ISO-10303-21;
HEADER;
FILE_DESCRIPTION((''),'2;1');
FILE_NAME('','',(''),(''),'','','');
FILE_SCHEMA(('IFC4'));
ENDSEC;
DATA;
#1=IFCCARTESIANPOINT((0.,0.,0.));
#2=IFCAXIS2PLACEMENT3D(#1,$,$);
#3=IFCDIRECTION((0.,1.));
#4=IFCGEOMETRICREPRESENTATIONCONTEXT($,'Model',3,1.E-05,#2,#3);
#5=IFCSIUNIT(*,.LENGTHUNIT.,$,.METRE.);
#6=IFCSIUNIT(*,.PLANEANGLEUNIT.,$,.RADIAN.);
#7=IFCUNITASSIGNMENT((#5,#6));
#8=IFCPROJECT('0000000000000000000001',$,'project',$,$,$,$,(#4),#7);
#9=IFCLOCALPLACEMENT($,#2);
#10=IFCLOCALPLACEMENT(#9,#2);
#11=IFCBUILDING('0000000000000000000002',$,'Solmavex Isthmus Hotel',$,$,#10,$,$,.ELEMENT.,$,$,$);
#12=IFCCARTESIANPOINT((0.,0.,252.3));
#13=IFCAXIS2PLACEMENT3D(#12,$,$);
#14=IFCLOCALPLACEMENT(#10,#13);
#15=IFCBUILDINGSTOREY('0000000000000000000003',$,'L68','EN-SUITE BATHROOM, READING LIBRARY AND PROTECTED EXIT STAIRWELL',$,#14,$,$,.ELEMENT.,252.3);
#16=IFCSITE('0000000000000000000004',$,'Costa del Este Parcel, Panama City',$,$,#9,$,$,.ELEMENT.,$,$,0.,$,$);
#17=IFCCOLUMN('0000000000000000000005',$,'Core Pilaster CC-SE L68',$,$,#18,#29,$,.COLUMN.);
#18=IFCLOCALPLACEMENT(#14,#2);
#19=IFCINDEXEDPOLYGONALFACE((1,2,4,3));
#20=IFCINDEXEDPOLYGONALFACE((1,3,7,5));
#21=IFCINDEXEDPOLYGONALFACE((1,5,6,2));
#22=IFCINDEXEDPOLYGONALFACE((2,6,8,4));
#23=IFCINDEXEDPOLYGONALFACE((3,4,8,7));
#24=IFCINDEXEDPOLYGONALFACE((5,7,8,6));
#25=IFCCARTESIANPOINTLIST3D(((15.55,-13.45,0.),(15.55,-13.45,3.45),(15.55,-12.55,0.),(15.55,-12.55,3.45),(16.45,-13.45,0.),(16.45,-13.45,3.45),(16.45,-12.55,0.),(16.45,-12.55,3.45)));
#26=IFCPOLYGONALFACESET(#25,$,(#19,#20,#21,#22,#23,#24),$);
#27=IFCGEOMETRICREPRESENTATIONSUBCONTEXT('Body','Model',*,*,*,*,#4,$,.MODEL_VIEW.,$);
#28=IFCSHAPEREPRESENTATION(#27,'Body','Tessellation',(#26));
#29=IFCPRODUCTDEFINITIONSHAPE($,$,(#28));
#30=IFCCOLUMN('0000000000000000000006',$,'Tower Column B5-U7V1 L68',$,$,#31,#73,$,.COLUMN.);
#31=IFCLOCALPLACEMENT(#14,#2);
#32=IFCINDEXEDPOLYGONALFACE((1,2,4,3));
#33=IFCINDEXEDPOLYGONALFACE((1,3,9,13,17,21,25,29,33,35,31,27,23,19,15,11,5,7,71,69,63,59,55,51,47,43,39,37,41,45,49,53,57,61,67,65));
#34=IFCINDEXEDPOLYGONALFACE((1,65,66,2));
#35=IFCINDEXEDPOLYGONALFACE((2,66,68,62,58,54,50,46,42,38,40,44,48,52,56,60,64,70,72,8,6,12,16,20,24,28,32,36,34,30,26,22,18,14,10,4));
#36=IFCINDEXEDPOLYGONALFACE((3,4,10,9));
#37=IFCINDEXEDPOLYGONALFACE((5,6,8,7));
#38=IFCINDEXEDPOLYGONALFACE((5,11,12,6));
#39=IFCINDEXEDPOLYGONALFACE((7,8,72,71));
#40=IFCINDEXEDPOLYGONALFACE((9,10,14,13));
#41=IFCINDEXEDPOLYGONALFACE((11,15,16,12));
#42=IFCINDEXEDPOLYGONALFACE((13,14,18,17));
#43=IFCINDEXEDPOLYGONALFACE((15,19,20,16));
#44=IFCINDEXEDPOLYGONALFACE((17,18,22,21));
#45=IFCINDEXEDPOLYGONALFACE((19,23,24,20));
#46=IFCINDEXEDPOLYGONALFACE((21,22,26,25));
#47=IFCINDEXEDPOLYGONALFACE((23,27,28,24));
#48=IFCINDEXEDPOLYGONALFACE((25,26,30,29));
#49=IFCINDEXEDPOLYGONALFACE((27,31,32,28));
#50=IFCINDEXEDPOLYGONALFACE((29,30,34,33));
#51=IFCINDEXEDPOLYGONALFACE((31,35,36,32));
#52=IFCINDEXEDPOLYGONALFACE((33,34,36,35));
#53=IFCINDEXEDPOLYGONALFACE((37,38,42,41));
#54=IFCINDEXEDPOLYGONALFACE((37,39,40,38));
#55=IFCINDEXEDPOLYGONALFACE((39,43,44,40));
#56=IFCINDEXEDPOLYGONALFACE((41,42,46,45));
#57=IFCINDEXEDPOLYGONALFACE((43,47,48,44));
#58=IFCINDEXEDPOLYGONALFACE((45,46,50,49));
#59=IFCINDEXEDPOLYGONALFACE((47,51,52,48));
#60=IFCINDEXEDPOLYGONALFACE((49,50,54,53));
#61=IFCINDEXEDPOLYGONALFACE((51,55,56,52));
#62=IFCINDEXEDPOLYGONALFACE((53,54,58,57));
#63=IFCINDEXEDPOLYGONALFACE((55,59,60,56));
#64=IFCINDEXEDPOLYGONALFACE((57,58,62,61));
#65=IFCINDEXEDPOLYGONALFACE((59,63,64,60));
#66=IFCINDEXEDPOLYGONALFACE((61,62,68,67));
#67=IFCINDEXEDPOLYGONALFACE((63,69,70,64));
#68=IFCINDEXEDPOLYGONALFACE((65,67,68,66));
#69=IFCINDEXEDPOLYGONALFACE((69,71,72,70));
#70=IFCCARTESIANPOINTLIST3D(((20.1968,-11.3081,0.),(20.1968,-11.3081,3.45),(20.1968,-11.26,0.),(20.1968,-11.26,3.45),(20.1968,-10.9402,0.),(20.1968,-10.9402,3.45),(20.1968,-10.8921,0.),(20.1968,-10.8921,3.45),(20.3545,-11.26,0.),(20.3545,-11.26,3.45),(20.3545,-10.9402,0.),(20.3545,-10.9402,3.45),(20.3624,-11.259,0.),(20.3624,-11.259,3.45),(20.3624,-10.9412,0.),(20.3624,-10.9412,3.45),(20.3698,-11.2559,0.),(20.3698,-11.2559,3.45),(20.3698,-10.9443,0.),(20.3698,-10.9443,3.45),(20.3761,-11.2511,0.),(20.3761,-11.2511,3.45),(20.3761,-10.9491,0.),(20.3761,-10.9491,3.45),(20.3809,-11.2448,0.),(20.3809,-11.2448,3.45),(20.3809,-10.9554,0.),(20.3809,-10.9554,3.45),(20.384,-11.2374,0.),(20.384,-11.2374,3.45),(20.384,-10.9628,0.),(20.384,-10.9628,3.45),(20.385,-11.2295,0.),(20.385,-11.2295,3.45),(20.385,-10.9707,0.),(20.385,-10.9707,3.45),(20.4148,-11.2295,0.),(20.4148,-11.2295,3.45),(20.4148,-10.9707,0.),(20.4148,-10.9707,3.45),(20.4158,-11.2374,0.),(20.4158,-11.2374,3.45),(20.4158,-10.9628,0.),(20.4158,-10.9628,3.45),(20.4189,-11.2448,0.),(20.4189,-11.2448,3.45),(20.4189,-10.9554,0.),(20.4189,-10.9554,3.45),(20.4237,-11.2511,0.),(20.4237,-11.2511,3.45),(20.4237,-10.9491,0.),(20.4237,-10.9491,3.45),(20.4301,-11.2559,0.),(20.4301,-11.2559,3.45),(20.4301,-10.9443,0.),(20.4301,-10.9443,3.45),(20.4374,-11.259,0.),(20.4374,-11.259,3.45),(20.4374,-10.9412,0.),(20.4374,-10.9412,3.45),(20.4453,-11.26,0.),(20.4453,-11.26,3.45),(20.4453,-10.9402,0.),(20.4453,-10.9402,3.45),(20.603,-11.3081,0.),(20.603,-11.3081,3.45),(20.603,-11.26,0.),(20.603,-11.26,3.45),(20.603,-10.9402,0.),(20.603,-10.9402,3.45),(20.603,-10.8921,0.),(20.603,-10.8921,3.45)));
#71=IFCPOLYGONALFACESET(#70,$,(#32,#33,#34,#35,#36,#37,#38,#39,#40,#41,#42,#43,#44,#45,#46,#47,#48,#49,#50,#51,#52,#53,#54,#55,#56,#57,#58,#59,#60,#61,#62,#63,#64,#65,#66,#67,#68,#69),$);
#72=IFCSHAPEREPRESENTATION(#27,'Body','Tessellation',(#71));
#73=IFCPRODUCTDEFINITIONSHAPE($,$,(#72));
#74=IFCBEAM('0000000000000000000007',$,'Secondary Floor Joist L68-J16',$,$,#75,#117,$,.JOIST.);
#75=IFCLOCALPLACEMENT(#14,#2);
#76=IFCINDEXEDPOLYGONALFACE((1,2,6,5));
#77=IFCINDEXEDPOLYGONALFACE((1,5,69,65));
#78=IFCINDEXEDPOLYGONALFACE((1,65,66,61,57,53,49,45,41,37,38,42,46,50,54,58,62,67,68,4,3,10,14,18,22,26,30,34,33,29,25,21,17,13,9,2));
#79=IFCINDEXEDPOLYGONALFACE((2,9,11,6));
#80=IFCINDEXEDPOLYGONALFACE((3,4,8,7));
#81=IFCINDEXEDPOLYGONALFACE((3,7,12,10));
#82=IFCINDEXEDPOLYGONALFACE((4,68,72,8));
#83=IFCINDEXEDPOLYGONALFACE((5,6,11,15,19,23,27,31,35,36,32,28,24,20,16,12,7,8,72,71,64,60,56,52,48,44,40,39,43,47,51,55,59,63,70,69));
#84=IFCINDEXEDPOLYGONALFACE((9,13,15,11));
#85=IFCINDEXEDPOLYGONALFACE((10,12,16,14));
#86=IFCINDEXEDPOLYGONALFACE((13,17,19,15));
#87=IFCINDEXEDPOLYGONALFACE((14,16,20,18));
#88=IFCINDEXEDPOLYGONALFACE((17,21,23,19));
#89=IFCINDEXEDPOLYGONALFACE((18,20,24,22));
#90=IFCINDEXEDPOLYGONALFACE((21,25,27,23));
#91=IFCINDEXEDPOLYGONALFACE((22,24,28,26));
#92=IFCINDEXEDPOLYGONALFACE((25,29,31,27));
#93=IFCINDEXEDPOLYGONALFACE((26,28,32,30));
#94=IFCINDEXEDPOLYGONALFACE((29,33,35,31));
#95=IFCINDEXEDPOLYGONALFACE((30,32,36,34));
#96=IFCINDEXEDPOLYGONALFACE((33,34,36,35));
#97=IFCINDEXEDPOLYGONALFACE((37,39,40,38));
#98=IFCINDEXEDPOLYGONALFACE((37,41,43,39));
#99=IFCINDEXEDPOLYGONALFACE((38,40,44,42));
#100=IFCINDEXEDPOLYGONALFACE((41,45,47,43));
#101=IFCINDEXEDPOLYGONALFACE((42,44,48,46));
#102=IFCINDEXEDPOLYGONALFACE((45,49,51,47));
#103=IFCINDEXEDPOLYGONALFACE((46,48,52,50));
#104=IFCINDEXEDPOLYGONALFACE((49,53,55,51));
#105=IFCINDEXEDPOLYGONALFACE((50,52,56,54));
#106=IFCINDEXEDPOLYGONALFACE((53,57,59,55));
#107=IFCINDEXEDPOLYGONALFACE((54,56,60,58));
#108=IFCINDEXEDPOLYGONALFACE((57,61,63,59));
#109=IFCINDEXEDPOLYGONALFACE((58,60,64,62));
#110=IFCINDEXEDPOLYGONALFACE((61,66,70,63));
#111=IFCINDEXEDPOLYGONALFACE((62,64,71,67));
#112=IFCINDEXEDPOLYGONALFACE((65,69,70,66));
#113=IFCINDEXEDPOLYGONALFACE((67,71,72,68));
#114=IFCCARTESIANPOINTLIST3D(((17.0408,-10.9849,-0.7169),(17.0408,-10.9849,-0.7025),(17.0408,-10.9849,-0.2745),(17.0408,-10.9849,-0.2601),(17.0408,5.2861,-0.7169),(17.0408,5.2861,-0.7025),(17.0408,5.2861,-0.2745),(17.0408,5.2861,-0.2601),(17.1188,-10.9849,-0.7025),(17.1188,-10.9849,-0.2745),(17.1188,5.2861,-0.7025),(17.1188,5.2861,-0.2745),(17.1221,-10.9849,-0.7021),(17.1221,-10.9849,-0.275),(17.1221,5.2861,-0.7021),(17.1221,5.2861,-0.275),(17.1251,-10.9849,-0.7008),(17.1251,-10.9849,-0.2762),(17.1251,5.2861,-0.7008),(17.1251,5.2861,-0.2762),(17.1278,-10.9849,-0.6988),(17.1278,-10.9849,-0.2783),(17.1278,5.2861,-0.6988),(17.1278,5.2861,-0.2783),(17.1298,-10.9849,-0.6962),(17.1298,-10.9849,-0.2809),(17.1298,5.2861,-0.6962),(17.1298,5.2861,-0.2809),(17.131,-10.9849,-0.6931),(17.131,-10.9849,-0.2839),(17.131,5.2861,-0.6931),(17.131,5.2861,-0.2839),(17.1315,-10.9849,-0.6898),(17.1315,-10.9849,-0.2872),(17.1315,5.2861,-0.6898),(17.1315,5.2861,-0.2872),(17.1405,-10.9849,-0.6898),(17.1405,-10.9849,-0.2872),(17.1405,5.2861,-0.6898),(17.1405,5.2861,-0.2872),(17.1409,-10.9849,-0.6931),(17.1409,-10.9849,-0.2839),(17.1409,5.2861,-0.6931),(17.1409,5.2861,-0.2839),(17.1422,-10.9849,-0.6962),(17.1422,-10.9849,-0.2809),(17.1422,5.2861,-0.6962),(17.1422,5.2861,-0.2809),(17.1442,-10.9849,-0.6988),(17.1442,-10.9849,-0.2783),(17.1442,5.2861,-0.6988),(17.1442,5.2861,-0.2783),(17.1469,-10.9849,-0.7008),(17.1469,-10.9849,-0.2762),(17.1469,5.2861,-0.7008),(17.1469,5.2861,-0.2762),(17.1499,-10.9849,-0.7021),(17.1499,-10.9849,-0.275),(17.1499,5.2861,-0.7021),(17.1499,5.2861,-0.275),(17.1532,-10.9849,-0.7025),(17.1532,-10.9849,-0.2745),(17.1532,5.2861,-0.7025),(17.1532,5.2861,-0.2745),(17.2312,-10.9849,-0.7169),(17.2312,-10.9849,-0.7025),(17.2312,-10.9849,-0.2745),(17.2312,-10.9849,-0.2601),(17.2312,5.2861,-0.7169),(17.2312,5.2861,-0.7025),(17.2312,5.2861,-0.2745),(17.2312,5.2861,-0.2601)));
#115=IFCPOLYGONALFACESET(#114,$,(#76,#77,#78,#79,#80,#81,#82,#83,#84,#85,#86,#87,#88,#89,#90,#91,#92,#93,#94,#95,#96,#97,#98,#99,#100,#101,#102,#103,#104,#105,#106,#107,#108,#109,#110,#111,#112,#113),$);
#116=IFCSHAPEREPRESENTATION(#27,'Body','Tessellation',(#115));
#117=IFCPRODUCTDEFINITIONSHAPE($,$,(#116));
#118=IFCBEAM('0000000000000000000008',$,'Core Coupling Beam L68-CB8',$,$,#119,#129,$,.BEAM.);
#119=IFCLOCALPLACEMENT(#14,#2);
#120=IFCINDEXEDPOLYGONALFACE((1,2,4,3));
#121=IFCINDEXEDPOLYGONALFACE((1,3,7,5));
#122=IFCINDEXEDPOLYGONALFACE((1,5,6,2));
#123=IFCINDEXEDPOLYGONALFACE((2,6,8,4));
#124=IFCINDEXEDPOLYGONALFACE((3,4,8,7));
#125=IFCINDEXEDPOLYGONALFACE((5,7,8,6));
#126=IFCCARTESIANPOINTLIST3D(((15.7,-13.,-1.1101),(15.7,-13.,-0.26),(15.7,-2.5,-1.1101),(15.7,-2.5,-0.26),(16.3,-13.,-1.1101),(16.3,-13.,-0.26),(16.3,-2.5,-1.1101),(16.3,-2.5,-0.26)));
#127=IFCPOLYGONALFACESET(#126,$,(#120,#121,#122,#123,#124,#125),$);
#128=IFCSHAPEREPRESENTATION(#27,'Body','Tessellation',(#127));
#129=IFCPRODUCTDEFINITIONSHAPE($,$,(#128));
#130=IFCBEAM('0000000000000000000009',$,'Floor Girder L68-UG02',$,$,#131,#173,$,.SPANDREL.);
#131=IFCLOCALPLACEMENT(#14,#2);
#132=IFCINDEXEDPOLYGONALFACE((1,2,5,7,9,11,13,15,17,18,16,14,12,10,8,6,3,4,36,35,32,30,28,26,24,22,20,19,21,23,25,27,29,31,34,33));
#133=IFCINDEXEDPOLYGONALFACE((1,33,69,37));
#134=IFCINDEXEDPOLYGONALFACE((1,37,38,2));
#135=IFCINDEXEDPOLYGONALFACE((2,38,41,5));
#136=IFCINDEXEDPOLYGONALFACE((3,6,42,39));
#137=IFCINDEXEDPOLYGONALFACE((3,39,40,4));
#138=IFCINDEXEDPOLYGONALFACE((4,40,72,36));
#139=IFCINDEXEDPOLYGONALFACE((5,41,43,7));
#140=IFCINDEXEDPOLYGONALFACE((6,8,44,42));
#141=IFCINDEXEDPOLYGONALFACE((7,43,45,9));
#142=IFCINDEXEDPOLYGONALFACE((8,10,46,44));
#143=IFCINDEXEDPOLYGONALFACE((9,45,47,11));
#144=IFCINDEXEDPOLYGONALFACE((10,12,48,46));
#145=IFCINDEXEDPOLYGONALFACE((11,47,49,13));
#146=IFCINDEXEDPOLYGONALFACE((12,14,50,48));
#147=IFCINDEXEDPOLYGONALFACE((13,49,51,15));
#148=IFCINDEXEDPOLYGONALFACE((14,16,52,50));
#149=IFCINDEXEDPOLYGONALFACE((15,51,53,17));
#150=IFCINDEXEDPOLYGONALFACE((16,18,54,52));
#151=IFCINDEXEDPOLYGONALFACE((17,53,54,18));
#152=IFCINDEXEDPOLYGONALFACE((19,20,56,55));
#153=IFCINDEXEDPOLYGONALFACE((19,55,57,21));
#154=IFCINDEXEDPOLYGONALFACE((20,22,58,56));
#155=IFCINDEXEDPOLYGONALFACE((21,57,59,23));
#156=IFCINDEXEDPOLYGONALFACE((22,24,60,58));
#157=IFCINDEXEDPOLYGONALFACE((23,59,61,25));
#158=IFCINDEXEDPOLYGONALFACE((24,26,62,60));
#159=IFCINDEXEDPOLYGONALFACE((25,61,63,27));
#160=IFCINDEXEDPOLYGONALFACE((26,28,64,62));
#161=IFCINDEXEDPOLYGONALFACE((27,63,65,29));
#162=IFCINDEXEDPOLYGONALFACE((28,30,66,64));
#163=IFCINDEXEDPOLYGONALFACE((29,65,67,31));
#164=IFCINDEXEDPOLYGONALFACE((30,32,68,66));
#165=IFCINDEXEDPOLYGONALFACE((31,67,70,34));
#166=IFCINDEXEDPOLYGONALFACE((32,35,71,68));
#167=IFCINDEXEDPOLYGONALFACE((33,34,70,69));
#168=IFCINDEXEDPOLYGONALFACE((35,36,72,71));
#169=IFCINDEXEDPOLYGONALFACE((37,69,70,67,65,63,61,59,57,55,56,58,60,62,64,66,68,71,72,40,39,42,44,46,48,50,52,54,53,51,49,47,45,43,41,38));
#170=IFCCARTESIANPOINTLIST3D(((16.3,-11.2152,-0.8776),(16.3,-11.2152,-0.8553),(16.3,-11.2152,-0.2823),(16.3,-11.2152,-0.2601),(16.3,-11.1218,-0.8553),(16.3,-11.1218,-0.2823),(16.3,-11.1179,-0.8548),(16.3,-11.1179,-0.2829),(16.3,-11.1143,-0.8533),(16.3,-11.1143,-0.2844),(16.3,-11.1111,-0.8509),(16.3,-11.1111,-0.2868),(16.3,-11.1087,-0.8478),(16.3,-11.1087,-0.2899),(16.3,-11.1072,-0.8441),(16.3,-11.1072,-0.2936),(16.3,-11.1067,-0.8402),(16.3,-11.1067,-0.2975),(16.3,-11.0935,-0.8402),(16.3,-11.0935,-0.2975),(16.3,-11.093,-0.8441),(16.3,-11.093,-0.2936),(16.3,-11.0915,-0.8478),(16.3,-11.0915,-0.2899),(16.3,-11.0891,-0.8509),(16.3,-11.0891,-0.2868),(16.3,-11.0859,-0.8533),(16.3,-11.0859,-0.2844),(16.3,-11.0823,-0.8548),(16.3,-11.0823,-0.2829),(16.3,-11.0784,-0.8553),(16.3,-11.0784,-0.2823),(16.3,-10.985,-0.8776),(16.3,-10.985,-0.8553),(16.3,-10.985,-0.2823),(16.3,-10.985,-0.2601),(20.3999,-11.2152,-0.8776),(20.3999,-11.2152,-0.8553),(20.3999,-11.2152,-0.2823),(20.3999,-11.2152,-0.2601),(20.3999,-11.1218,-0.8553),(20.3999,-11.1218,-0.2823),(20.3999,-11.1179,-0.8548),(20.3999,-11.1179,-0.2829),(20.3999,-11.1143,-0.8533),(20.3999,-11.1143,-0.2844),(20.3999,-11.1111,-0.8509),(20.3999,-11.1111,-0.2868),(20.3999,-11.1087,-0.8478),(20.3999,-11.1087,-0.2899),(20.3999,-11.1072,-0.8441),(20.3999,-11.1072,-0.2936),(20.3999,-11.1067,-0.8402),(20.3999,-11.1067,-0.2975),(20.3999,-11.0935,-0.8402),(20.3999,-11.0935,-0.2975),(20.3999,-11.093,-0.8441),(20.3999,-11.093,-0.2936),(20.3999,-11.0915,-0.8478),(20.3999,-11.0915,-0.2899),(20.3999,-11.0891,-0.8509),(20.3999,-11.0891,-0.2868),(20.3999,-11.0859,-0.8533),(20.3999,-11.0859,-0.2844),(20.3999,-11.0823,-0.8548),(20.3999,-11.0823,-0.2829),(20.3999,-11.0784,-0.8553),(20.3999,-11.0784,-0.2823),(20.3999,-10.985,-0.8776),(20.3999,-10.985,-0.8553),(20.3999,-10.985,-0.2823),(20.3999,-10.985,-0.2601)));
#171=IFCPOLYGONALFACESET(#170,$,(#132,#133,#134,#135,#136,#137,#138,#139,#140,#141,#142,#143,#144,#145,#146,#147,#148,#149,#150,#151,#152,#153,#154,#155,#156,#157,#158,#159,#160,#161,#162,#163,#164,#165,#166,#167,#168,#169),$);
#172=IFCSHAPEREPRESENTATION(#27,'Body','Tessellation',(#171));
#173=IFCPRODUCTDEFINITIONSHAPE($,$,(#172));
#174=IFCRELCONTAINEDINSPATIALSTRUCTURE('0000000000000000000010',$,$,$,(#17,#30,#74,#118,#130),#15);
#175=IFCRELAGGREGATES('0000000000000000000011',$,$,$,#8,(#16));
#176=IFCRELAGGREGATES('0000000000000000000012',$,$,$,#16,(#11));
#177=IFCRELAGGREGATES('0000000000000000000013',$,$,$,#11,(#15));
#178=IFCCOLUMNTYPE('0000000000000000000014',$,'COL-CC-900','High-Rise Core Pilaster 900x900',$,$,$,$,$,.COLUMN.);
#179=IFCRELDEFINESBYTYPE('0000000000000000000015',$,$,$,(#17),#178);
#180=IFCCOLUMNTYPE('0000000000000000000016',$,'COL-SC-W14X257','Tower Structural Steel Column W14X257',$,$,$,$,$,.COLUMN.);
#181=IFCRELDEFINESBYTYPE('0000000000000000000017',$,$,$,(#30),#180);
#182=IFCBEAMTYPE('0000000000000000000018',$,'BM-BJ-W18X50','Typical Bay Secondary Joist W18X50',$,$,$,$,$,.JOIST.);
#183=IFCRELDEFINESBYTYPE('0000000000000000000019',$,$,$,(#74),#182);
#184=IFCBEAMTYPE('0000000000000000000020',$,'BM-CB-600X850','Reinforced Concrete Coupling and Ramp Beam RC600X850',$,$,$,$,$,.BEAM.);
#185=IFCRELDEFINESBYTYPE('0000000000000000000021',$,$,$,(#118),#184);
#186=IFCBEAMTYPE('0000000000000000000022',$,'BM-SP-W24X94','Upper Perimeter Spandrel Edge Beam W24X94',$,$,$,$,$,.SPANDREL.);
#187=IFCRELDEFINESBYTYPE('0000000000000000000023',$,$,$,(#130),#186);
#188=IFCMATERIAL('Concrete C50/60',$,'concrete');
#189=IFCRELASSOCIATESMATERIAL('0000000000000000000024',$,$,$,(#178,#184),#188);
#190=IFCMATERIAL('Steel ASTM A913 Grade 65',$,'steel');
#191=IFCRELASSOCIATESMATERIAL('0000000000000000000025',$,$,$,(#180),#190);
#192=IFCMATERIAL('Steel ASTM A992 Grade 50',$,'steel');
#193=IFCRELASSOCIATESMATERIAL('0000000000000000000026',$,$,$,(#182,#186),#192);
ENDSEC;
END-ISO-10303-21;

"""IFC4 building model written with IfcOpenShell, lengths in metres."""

from ifc_helpers import new_model, si_unit, direction, frame, origin, origin_2d, place, context, subcontext, project, spatial, rectangle, i_section, extrude, material, material_profile, profile_set, type_object, element, save


model = new_model("IFC4")

# Units and contexts
model_context = context("Model", 3, precision=1e-05, world=origin(), true_north=direction((0.0, 1.0)))
body_context = subcontext(model_context, "Body", "Model", "MODEL_VIEW")
ifc_project = project(units=[si_unit("LENGTHUNIT", "METRE"), si_unit("PLANEANGLEUNIT", "RADIAN")], contexts=[model_context])

# Site, building, storey
site_placement = place(None, origin())
site = spatial("IfcSite", under=ifc_project, at=site_placement, Name="Costa del Este Parcel, Panama City", CompositionType="ELEMENT", RefElevation=0.0)
building_placement = place(site_placement, origin())
building = spatial("IfcBuilding", under=site, at=building_placement, Name="Solmavex Isthmus Hotel", CompositionType="ELEMENT")
storey_placement = place(building_placement, frame((0.0, 0.0, 252.3)))
storey = spatial("IfcBuildingStorey", under=building, at=storey_placement, Name="L68", Description="EN-SUITE BATHROOM, READING LIBRARY AND PROTECTED EXIT STAIRWELL", CompositionType="ELEMENT", Elevation=252.3)

# Columns
ifc_material_1 = material(Name="Concrete C50/60", Category="concrete")
ifc_material_profile_1 = material_profile(ifc_material_1, rectangle(XDim=0.8999, YDim=0.8999, at=origin_2d()), Name="RC900X900")
ifc_profile_set_1 = profile_set([ifc_material_profile_1], Name="Concrete C50/60")
column_type_1 = type_object("IfcColumnType", Name="COL-CC-900", Description="High-Rise Core Pilaster 900x900", PredefinedType="COLUMN", material=ifc_profile_set_1)
column_1_placement = place(storey_placement, frame((16.0, -13.0, 0.0), z_axis=(0.0, 0.0, 1.0), x_axis=(1.0, 0.0, 0.0)))
element("IfcColumn", 1, at=column_1_placement, inside=storey, type_object=column_type_1, Name="Core Pilaster CC-SE L68", PredefinedType="COLUMN", context=body_context, shape_type="SweptSolid", body=[
    extrude(rectangle(XDim=0.8999, YDim=0.8999, at=origin_2d()), origin(), (0.0, 0.0, 1.0), 3.45),
])
ifc_material_2 = material(Name="Steel ASTM A913 Grade 65", Category="steel")
ifc_material_profile_2 = material_profile(ifc_material_2, i_section(OverallWidth=0.4062, OverallDepth=0.416, WebThickness=0.0298, FlangeThickness=0.0481, FilletRadius=0.0305, at=origin_2d()), Name="W14X257")
ifc_profile_set_2 = profile_set([ifc_material_profile_2], Name="Steel ASTM A913 Grade 65")
column_type_2 = type_object("IfcColumnType", Name="COL-SC-W14X257", Description="Tower Structural Steel Column W14X257", PredefinedType="COLUMN", material=ifc_profile_set_2)
column_2_placement = place(storey_placement, frame((20.3999, -11.1001, 0.0), z_axis=(0.0, 0.0, 1.0), x_axis=(1.0, 0.0, 0.0)))
element("IfcColumn", 2, at=column_2_placement, inside=storey, type_object=column_type_2, Name="Tower Column B5-U7V1 L68", PredefinedType="COLUMN", context=body_context, shape_type="SweptSolid", body=[
    extrude(i_section(OverallWidth=0.4062, OverallDepth=0.416, WebThickness=0.0298, FlangeThickness=0.0481, FilletRadius=0.0305, at=origin_2d()), origin(), (0.0, 0.0, 1.0), 3.45),
])

# Beams
ifc_material_3 = material(Name="Steel ASTM A992 Grade 50", Category="steel")
ifc_material_profile_3 = material_profile(ifc_material_3, i_section(OverallWidth=0.1904, OverallDepth=0.4568, WebThickness=0.009, FlangeThickness=0.0144, FilletRadius=0.0127, at=origin_2d()), Name="W18X50")
ifc_profile_set_3 = profile_set([ifc_material_profile_3], Name="Steel ASTM A992 Grade 50")
beam_type_1 = type_object("IfcBeamType", Name="BM-BJ-W18X50", Description="Typical Bay Secondary Joist W18X50", PredefinedType="JOIST", material=ifc_profile_set_3)
beam_1_placement = place(storey_placement, frame((17.136, -10.9849, -0.4885), z_axis=(0.0, 1.0, 0.0), x_axis=(-1.0, 0.0, 0.0)))
element("IfcBeam", 3, at=beam_1_placement, inside=storey, type_object=beam_type_1, Name="Secondary Floor Joist L68-J16", PredefinedType="JOIST", context=body_context, shape_type="SweptSolid", body=[
    extrude(i_section(OverallWidth=0.1904, OverallDepth=0.4568, WebThickness=0.009, FlangeThickness=0.0144, FilletRadius=0.0127, at=origin_2d()), origin(), (0.0, 0.0, 1.0), 16.271),
])
ifc_material_profile_4 = material_profile(ifc_material_1, rectangle(XDim=0.6001, YDim=0.8501, at=origin_2d()), Name="RC600X850")
ifc_profile_set_4 = profile_set([ifc_material_profile_4], Name="Concrete C50/60")
beam_type_2 = type_object("IfcBeamType", Name="BM-CB-600X850", Description="Reinforced Concrete Coupling and Ramp Beam RC600X850", PredefinedType="BEAM", material=ifc_profile_set_4)
beam_2_placement = place(storey_placement, frame((16.0, -13.0, -0.6851), z_axis=(0.0, 1.0, 0.0), x_axis=(-1.0, 0.0, 0.0)))
element("IfcBeam", 4, at=beam_2_placement, inside=storey, type_object=beam_type_2, Name="Core Coupling Beam L68-CB8", PredefinedType="BEAM", context=body_context, shape_type="SweptSolid", body=[
    extrude(rectangle(XDim=0.6001, YDim=0.8501, at=origin_2d()), origin(), (0.0, 0.0, 1.0), 10.5),
])
ifc_material_profile_5 = material_profile(ifc_material_3, i_section(OverallWidth=0.2302, OverallDepth=0.6174, WebThickness=0.0132, FlangeThickness=0.0222, FilletRadius=0.0151, at=origin_2d()), Name="W24X94")
ifc_profile_set_5 = profile_set([ifc_material_profile_5], Name="Steel ASTM A992 Grade 50")
beam_type_3 = type_object("IfcBeamType", Name="BM-SP-W24X94", Description="Upper Perimeter Spandrel Edge Beam W24X94", PredefinedType="SPANDREL", material=ifc_profile_set_5)
beam_3_placement = place(storey_placement, frame((16.3, -11.1001, -0.5688), z_axis=(1.0, 0.0, 0.0), x_axis=(0.0, 1.0, 0.0)))
element("IfcBeam", 5, at=beam_3_placement, inside=storey, type_object=beam_type_3, Name="Floor Girder L68-UG02", PredefinedType="SPANDREL", context=body_context, shape_type="SweptSolid", body=[
    extrude(i_section(OverallWidth=0.2302, OverallDepth=0.6174, WebThickness=0.0132, FlangeThickness=0.0222, FilletRadius=0.0151, at=origin_2d()), origin(), (0.0, 0.0, 1.0), 4.0999),
])

save(model, "model.ifc")
